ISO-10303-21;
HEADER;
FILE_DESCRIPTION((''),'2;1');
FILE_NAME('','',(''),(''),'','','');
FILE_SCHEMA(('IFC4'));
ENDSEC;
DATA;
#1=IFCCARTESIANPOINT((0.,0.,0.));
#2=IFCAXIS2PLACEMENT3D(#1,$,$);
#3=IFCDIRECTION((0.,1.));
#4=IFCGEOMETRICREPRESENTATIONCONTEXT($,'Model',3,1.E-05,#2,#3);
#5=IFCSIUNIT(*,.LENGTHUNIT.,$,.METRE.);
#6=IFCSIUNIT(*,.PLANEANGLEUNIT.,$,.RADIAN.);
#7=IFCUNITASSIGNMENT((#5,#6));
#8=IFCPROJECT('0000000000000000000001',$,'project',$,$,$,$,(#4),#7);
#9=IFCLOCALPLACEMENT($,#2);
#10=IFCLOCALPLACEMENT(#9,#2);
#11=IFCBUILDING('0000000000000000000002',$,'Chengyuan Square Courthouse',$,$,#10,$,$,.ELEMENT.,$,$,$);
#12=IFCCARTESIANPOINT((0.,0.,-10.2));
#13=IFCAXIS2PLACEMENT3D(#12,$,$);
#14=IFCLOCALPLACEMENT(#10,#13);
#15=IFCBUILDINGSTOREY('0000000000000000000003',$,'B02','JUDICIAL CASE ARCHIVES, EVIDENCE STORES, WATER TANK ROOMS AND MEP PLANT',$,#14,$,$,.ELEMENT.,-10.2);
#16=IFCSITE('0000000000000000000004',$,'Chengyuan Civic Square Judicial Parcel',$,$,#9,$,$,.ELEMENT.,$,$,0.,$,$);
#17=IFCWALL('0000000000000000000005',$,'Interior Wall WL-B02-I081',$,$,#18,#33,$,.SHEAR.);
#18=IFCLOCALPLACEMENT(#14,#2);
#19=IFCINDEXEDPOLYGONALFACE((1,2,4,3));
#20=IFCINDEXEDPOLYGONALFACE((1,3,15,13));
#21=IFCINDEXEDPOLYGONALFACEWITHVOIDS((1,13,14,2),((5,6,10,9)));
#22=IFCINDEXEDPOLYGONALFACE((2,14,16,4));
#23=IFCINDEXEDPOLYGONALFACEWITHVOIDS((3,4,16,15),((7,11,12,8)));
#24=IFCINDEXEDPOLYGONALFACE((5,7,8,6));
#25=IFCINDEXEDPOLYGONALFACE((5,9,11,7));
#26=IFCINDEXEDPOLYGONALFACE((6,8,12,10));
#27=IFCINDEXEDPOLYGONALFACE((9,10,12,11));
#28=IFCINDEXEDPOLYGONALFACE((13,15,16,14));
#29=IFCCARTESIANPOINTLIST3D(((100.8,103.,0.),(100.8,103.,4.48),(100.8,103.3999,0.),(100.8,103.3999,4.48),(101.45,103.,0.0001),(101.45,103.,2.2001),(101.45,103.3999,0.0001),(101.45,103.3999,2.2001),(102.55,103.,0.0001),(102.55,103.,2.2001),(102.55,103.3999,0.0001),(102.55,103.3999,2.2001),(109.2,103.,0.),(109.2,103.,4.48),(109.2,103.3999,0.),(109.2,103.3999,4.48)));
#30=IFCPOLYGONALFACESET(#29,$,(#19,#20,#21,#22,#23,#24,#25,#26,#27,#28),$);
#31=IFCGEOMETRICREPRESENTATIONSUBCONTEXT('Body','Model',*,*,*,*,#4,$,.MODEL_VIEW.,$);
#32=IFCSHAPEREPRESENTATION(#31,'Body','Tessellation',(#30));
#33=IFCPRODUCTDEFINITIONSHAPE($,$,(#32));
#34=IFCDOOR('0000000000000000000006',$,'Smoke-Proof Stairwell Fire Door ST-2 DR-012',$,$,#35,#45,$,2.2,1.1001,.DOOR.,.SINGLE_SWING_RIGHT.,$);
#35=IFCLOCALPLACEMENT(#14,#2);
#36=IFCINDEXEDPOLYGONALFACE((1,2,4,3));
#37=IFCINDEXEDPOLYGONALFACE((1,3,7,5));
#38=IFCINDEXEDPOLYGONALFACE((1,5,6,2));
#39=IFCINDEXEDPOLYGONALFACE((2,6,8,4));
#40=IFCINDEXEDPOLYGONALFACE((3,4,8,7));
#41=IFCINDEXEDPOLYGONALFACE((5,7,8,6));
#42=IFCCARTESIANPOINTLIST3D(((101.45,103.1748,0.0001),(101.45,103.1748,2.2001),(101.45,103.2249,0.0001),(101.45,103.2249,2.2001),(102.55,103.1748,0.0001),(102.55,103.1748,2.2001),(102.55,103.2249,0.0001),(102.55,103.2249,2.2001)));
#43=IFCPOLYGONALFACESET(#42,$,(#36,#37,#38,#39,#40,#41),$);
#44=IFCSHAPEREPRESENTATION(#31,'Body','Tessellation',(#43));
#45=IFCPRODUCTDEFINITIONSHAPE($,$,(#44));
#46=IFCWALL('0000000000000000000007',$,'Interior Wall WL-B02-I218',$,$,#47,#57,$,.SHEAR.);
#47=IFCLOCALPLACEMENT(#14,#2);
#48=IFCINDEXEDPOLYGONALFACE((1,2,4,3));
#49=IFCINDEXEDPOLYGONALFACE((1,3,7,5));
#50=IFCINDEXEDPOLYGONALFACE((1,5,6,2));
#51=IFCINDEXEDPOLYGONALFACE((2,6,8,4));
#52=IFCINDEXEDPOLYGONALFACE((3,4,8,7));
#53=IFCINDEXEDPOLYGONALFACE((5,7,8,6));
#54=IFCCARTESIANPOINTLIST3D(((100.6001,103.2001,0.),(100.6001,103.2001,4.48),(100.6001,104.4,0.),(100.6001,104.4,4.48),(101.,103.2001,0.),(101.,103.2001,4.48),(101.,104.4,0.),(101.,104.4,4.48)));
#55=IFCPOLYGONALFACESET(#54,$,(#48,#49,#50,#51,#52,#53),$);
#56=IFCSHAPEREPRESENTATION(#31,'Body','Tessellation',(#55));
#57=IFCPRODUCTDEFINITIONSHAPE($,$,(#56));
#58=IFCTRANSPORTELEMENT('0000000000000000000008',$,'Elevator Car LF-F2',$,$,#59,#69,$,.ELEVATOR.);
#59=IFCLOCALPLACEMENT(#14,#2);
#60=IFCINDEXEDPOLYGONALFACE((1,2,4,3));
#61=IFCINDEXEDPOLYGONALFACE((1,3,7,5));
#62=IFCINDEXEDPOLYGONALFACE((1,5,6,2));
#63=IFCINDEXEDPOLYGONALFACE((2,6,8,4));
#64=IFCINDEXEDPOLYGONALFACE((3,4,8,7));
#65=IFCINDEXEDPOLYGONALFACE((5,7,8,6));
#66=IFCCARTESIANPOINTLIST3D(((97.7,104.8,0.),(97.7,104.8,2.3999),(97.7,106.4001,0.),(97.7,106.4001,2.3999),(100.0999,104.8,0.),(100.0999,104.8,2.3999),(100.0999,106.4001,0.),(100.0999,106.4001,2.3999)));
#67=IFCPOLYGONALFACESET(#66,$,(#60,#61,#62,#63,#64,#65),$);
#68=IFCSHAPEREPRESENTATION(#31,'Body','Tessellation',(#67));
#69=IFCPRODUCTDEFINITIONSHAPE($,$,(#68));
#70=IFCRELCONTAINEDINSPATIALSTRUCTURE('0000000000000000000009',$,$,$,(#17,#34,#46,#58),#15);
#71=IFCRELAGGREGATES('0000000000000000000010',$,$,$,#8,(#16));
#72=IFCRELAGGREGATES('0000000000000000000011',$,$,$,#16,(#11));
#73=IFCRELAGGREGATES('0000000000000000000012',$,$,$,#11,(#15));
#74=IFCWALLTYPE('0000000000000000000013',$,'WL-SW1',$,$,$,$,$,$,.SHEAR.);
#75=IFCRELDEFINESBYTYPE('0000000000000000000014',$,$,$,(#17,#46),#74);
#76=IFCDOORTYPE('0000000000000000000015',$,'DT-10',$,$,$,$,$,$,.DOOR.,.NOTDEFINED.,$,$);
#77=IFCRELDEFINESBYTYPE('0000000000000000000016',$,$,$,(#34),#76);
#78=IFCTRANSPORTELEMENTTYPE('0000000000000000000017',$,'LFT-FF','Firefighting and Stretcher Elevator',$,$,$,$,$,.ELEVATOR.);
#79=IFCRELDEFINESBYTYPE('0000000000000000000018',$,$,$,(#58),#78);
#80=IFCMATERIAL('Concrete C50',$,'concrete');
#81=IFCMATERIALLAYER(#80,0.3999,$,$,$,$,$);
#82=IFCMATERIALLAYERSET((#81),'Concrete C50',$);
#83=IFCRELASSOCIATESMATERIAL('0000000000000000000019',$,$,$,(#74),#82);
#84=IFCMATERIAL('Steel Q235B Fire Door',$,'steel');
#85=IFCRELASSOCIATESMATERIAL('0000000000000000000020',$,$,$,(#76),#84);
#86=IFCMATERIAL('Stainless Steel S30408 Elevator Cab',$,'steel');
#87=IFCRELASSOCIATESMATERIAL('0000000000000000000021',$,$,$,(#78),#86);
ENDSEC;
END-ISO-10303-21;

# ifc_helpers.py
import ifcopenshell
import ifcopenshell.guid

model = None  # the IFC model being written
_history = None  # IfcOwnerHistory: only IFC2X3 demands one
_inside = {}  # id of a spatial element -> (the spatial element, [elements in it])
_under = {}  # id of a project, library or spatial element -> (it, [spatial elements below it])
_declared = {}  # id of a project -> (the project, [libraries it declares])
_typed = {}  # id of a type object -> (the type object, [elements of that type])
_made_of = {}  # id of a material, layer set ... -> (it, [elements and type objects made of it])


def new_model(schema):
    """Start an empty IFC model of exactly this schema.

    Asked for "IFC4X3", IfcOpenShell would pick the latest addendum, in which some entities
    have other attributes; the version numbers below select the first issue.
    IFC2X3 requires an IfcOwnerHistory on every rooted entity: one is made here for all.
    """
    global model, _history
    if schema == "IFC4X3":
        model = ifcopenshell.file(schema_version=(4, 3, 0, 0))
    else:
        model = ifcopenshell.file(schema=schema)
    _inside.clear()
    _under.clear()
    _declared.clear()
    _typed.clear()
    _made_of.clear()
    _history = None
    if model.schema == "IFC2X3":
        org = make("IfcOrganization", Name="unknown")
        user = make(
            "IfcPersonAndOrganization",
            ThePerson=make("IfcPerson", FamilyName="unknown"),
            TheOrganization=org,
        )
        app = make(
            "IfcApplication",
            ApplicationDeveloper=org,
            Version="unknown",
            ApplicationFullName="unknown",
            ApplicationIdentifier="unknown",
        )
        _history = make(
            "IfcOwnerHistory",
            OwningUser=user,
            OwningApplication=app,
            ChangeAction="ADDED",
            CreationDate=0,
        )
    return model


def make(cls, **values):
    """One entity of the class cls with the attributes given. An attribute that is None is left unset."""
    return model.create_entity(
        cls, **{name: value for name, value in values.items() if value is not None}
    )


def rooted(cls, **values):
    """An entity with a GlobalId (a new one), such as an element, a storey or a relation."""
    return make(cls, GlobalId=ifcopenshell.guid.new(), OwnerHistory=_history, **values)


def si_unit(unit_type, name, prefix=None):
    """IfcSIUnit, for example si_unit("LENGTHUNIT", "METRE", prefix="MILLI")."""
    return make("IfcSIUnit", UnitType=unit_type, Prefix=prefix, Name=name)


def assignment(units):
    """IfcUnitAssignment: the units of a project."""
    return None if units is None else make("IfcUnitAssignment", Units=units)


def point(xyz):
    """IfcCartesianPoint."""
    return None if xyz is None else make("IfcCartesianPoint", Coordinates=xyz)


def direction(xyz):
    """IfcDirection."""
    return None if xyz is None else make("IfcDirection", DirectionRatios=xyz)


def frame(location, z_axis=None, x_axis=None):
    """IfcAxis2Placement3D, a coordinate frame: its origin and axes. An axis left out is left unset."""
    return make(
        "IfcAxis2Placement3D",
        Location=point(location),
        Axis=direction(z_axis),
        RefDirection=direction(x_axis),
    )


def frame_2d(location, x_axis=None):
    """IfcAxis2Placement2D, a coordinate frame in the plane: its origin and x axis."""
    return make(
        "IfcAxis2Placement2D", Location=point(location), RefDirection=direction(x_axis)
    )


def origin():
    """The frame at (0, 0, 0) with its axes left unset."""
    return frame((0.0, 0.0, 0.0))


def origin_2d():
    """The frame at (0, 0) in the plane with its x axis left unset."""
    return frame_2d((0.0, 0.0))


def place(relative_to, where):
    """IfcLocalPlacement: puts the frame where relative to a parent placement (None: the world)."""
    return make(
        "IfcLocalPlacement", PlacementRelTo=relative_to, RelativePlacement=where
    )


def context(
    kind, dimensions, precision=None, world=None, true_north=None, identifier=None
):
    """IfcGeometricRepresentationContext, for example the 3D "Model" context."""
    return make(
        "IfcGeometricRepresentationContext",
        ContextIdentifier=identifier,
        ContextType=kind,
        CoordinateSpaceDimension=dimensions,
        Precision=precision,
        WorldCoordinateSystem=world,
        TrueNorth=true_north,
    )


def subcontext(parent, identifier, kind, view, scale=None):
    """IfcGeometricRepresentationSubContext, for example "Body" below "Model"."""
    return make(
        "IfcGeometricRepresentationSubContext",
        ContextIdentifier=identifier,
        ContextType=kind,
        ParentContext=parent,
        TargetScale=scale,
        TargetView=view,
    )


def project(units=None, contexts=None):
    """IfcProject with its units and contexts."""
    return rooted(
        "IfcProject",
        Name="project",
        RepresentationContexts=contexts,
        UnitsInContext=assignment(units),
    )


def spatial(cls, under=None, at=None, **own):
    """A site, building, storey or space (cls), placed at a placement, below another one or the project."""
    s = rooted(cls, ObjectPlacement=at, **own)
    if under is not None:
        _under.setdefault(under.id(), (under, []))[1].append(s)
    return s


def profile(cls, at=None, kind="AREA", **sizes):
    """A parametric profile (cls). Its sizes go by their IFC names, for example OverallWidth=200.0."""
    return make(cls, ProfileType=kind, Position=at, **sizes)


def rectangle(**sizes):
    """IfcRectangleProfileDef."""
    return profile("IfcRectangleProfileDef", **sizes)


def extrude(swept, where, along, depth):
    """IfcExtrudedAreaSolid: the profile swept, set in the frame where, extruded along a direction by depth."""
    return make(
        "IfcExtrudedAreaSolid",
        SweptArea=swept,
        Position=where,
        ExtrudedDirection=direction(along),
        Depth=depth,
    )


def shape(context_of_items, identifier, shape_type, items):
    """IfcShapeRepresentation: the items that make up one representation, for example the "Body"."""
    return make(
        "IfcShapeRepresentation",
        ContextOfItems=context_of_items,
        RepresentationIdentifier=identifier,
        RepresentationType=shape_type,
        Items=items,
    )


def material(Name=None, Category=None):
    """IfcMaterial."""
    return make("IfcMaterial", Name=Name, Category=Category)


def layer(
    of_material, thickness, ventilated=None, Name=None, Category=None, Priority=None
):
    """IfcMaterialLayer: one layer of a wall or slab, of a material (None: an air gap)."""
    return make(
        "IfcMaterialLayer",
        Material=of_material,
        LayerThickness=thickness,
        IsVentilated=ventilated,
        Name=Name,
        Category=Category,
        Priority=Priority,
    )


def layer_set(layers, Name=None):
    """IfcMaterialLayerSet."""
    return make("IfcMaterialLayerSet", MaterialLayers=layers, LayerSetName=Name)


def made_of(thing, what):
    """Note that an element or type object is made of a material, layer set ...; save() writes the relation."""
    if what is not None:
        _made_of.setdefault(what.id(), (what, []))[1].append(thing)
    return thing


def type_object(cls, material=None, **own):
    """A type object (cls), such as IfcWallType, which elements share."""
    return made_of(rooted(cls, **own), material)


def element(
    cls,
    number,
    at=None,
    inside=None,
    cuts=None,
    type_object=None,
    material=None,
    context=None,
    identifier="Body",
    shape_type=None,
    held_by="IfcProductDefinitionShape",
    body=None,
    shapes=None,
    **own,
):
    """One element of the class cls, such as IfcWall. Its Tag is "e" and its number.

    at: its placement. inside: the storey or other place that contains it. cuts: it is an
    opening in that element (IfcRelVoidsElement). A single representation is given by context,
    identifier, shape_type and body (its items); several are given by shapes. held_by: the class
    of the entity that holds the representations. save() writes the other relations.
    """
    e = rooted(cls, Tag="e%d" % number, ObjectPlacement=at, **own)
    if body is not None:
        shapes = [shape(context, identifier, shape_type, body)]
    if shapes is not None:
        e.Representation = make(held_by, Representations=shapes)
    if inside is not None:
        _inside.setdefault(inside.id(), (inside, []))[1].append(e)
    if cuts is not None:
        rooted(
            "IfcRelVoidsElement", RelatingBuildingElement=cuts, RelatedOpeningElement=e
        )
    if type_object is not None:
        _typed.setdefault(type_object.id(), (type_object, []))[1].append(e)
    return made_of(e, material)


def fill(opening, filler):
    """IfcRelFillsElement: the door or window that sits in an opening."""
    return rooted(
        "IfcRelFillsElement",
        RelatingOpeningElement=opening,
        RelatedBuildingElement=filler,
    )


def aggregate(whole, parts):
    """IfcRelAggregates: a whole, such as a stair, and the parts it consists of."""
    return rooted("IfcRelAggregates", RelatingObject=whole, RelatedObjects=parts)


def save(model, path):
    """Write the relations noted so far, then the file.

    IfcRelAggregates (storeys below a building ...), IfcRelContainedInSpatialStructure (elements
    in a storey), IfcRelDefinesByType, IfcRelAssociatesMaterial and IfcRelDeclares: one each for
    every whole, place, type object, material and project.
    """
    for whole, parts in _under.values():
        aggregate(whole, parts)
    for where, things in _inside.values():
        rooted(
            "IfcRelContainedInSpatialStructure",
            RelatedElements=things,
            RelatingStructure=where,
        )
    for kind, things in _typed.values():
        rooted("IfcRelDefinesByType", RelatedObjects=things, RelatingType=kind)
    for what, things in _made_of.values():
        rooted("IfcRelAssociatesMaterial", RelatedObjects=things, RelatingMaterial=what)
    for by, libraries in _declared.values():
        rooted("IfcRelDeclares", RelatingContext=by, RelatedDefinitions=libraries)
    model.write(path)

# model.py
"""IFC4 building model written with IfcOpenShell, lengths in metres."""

from ifc_helpers import new_model, si_unit, direction, frame, frame_2d, origin, origin_2d, place, context, subcontext, project, spatial, rectangle, extrude, material, layer, layer_set, type_object, element, fill, save


model = new_model("IFC4")

# Units and contexts
model_context = context("Model", 3, precision=1e-05, world=origin(), true_north=direction((0.0, 1.0)))
body_context = subcontext(model_context, "Body", "Model", "MODEL_VIEW")
ifc_project = project(units=[si_unit("LENGTHUNIT", "METRE"), si_unit("PLANEANGLEUNIT", "RADIAN")], contexts=[model_context])

# Site, building, storey
site_placement = place(None, origin())
site = spatial("IfcSite", under=ifc_project, at=site_placement, Name="Chengyuan Civic Square Judicial Parcel", CompositionType="ELEMENT", RefElevation=0.0)
building_placement = place(site_placement, origin())
building = spatial("IfcBuilding", under=site, at=building_placement, Name="Chengyuan Square Courthouse", CompositionType="ELEMENT")
storey_placement = place(building_placement, frame((0.0, 0.0, -10.2)))
storey = spatial("IfcBuildingStorey", under=building, at=storey_placement, Name="B02", Description="JUDICIAL CASE ARCHIVES, EVIDENCE STORES, WATER TANK ROOMS AND MEP PLANT", CompositionType="ELEMENT", Elevation=-10.2)

# Shared definitions
ifc_material_1 = material(Name="Concrete C50", Category="concrete")

# Shared definitions
ifc_material_2 = material(Name="Steel Q235B Fire Door", Category="steel")

# Wall, opening, door
ifc_layer_1 = layer(ifc_material_1, 0.3999)
ifc_layer_set_1 = layer_set([ifc_layer_1], Name="Concrete C50")
wall_type_1 = type_object("IfcWallType", Name="WL-SW1", PredefinedType="SHEAR", material=ifc_layer_set_1)
wall_1_placement = place(storey_placement, frame((100.8, 103.2, 0.0), z_axis=(0.0, 0.0, 1.0), x_axis=(1.0, 0.0, 0.0)))
wall_1 = element("IfcWall", 1, at=wall_1_placement, inside=storey, type_object=wall_type_1, Name="Interior Wall WL-B02-I081", PredefinedType="SHEAR", context=body_context, shape_type="SweptSolid", body=[
    extrude(rectangle(XDim=8.3999, YDim=0.3999, at=frame_2d((4.2, 0.0))), origin(), (0.0, 0.0, 1.0), 4.48),
])
opening_1_placement = place(wall_1_placement, frame((0.6499, 0.0, 0.0)))
opening_1 = element("IfcOpeningElement", 2, at=opening_1_placement, cuts=wall_1, PredefinedType="OPENING", context=body_context, shape_type="SweptSolid", body=[
    extrude(rectangle(XDim=1.1001, YDim=2.2, at=frame_2d((0.55, 1.1001))), frame((0.0, 0.2119, 0.0), z_axis=(0.0, -1.0, 0.0), x_axis=(1.0, 0.0, 0.0)), (0.0, 0.0, 1.0), 0.4238),
])
door_type_1 = type_object("IfcDoorType", Name="DT-10", OperationType="NOTDEFINED", PredefinedType="DOOR", material=ifc_material_2)
door_1_placement = place(opening_1_placement, origin())
door_1 = element("IfcDoor", 3, at=door_1_placement, inside=storey, type_object=door_type_1, Name="Smoke-Proof Stairwell Fire Door ST-2 DR-012", OperationType="SINGLE_SWING_RIGHT", OverallHeight=2.2, OverallWidth=1.1001, PredefinedType="DOOR", context=body_context, shape_type="SweptSolid", body=[
    extrude(rectangle(XDim=1.1001, YDim=2.2, at=frame_2d((0.55, 1.1001))), frame((0.0, 0.0249, 0.0), z_axis=(0.0, -1.0, 0.0), x_axis=(1.0, 0.0, 0.0)), (0.0, 0.0, 1.0), 0.05),
])
fill(opening_1, door_1)

# Wall
wall_2_placement = place(storey_placement, frame((100.8, 103.2, 0.0), z_axis=(0.0, 0.0, 1.0), x_axis=(0.0, 1.0, 0.0)))
element("IfcWall", 4, at=wall_2_placement, inside=storey, type_object=wall_type_1, Name="Interior Wall WL-B02-I218", PredefinedType="SHEAR", context=body_context, shape_type="SweptSolid", body=[
    extrude(rectangle(XDim=1.2, YDim=0.3999, at=frame_2d((0.6001, 0.0))), origin(), (0.0, 0.0, 1.0), 4.48),
])

# Transport element
ifc_material_3 = material(Name="Stainless Steel S30408 Elevator Cab", Category="steel")
transport_element_type = type_object("IfcTransportElementType", Name="LFT-FF", Description="Firefighting and Stretcher Elevator", PredefinedType="ELEVATOR", material=ifc_material_3)
transport_element_placement = place(storey_placement, frame((98.8999, 105.6001, 0.0), z_axis=(0.0, 0.0, 1.0), x_axis=(1.0, 0.0, 0.0)))
element("IfcTransportElement", 5, at=transport_element_placement, inside=storey, type_object=transport_element_type, Name="Elevator Car LF-F2", PredefinedType="ELEVATOR", context=body_context, shape_type="SweptSolid", body=[
    extrude(rectangle(XDim=2.3999, YDim=1.6001, at=origin_2d()), origin(), (0.0, 0.0, 1.0), 2.3999),
])

save(model, "model.ifc")
